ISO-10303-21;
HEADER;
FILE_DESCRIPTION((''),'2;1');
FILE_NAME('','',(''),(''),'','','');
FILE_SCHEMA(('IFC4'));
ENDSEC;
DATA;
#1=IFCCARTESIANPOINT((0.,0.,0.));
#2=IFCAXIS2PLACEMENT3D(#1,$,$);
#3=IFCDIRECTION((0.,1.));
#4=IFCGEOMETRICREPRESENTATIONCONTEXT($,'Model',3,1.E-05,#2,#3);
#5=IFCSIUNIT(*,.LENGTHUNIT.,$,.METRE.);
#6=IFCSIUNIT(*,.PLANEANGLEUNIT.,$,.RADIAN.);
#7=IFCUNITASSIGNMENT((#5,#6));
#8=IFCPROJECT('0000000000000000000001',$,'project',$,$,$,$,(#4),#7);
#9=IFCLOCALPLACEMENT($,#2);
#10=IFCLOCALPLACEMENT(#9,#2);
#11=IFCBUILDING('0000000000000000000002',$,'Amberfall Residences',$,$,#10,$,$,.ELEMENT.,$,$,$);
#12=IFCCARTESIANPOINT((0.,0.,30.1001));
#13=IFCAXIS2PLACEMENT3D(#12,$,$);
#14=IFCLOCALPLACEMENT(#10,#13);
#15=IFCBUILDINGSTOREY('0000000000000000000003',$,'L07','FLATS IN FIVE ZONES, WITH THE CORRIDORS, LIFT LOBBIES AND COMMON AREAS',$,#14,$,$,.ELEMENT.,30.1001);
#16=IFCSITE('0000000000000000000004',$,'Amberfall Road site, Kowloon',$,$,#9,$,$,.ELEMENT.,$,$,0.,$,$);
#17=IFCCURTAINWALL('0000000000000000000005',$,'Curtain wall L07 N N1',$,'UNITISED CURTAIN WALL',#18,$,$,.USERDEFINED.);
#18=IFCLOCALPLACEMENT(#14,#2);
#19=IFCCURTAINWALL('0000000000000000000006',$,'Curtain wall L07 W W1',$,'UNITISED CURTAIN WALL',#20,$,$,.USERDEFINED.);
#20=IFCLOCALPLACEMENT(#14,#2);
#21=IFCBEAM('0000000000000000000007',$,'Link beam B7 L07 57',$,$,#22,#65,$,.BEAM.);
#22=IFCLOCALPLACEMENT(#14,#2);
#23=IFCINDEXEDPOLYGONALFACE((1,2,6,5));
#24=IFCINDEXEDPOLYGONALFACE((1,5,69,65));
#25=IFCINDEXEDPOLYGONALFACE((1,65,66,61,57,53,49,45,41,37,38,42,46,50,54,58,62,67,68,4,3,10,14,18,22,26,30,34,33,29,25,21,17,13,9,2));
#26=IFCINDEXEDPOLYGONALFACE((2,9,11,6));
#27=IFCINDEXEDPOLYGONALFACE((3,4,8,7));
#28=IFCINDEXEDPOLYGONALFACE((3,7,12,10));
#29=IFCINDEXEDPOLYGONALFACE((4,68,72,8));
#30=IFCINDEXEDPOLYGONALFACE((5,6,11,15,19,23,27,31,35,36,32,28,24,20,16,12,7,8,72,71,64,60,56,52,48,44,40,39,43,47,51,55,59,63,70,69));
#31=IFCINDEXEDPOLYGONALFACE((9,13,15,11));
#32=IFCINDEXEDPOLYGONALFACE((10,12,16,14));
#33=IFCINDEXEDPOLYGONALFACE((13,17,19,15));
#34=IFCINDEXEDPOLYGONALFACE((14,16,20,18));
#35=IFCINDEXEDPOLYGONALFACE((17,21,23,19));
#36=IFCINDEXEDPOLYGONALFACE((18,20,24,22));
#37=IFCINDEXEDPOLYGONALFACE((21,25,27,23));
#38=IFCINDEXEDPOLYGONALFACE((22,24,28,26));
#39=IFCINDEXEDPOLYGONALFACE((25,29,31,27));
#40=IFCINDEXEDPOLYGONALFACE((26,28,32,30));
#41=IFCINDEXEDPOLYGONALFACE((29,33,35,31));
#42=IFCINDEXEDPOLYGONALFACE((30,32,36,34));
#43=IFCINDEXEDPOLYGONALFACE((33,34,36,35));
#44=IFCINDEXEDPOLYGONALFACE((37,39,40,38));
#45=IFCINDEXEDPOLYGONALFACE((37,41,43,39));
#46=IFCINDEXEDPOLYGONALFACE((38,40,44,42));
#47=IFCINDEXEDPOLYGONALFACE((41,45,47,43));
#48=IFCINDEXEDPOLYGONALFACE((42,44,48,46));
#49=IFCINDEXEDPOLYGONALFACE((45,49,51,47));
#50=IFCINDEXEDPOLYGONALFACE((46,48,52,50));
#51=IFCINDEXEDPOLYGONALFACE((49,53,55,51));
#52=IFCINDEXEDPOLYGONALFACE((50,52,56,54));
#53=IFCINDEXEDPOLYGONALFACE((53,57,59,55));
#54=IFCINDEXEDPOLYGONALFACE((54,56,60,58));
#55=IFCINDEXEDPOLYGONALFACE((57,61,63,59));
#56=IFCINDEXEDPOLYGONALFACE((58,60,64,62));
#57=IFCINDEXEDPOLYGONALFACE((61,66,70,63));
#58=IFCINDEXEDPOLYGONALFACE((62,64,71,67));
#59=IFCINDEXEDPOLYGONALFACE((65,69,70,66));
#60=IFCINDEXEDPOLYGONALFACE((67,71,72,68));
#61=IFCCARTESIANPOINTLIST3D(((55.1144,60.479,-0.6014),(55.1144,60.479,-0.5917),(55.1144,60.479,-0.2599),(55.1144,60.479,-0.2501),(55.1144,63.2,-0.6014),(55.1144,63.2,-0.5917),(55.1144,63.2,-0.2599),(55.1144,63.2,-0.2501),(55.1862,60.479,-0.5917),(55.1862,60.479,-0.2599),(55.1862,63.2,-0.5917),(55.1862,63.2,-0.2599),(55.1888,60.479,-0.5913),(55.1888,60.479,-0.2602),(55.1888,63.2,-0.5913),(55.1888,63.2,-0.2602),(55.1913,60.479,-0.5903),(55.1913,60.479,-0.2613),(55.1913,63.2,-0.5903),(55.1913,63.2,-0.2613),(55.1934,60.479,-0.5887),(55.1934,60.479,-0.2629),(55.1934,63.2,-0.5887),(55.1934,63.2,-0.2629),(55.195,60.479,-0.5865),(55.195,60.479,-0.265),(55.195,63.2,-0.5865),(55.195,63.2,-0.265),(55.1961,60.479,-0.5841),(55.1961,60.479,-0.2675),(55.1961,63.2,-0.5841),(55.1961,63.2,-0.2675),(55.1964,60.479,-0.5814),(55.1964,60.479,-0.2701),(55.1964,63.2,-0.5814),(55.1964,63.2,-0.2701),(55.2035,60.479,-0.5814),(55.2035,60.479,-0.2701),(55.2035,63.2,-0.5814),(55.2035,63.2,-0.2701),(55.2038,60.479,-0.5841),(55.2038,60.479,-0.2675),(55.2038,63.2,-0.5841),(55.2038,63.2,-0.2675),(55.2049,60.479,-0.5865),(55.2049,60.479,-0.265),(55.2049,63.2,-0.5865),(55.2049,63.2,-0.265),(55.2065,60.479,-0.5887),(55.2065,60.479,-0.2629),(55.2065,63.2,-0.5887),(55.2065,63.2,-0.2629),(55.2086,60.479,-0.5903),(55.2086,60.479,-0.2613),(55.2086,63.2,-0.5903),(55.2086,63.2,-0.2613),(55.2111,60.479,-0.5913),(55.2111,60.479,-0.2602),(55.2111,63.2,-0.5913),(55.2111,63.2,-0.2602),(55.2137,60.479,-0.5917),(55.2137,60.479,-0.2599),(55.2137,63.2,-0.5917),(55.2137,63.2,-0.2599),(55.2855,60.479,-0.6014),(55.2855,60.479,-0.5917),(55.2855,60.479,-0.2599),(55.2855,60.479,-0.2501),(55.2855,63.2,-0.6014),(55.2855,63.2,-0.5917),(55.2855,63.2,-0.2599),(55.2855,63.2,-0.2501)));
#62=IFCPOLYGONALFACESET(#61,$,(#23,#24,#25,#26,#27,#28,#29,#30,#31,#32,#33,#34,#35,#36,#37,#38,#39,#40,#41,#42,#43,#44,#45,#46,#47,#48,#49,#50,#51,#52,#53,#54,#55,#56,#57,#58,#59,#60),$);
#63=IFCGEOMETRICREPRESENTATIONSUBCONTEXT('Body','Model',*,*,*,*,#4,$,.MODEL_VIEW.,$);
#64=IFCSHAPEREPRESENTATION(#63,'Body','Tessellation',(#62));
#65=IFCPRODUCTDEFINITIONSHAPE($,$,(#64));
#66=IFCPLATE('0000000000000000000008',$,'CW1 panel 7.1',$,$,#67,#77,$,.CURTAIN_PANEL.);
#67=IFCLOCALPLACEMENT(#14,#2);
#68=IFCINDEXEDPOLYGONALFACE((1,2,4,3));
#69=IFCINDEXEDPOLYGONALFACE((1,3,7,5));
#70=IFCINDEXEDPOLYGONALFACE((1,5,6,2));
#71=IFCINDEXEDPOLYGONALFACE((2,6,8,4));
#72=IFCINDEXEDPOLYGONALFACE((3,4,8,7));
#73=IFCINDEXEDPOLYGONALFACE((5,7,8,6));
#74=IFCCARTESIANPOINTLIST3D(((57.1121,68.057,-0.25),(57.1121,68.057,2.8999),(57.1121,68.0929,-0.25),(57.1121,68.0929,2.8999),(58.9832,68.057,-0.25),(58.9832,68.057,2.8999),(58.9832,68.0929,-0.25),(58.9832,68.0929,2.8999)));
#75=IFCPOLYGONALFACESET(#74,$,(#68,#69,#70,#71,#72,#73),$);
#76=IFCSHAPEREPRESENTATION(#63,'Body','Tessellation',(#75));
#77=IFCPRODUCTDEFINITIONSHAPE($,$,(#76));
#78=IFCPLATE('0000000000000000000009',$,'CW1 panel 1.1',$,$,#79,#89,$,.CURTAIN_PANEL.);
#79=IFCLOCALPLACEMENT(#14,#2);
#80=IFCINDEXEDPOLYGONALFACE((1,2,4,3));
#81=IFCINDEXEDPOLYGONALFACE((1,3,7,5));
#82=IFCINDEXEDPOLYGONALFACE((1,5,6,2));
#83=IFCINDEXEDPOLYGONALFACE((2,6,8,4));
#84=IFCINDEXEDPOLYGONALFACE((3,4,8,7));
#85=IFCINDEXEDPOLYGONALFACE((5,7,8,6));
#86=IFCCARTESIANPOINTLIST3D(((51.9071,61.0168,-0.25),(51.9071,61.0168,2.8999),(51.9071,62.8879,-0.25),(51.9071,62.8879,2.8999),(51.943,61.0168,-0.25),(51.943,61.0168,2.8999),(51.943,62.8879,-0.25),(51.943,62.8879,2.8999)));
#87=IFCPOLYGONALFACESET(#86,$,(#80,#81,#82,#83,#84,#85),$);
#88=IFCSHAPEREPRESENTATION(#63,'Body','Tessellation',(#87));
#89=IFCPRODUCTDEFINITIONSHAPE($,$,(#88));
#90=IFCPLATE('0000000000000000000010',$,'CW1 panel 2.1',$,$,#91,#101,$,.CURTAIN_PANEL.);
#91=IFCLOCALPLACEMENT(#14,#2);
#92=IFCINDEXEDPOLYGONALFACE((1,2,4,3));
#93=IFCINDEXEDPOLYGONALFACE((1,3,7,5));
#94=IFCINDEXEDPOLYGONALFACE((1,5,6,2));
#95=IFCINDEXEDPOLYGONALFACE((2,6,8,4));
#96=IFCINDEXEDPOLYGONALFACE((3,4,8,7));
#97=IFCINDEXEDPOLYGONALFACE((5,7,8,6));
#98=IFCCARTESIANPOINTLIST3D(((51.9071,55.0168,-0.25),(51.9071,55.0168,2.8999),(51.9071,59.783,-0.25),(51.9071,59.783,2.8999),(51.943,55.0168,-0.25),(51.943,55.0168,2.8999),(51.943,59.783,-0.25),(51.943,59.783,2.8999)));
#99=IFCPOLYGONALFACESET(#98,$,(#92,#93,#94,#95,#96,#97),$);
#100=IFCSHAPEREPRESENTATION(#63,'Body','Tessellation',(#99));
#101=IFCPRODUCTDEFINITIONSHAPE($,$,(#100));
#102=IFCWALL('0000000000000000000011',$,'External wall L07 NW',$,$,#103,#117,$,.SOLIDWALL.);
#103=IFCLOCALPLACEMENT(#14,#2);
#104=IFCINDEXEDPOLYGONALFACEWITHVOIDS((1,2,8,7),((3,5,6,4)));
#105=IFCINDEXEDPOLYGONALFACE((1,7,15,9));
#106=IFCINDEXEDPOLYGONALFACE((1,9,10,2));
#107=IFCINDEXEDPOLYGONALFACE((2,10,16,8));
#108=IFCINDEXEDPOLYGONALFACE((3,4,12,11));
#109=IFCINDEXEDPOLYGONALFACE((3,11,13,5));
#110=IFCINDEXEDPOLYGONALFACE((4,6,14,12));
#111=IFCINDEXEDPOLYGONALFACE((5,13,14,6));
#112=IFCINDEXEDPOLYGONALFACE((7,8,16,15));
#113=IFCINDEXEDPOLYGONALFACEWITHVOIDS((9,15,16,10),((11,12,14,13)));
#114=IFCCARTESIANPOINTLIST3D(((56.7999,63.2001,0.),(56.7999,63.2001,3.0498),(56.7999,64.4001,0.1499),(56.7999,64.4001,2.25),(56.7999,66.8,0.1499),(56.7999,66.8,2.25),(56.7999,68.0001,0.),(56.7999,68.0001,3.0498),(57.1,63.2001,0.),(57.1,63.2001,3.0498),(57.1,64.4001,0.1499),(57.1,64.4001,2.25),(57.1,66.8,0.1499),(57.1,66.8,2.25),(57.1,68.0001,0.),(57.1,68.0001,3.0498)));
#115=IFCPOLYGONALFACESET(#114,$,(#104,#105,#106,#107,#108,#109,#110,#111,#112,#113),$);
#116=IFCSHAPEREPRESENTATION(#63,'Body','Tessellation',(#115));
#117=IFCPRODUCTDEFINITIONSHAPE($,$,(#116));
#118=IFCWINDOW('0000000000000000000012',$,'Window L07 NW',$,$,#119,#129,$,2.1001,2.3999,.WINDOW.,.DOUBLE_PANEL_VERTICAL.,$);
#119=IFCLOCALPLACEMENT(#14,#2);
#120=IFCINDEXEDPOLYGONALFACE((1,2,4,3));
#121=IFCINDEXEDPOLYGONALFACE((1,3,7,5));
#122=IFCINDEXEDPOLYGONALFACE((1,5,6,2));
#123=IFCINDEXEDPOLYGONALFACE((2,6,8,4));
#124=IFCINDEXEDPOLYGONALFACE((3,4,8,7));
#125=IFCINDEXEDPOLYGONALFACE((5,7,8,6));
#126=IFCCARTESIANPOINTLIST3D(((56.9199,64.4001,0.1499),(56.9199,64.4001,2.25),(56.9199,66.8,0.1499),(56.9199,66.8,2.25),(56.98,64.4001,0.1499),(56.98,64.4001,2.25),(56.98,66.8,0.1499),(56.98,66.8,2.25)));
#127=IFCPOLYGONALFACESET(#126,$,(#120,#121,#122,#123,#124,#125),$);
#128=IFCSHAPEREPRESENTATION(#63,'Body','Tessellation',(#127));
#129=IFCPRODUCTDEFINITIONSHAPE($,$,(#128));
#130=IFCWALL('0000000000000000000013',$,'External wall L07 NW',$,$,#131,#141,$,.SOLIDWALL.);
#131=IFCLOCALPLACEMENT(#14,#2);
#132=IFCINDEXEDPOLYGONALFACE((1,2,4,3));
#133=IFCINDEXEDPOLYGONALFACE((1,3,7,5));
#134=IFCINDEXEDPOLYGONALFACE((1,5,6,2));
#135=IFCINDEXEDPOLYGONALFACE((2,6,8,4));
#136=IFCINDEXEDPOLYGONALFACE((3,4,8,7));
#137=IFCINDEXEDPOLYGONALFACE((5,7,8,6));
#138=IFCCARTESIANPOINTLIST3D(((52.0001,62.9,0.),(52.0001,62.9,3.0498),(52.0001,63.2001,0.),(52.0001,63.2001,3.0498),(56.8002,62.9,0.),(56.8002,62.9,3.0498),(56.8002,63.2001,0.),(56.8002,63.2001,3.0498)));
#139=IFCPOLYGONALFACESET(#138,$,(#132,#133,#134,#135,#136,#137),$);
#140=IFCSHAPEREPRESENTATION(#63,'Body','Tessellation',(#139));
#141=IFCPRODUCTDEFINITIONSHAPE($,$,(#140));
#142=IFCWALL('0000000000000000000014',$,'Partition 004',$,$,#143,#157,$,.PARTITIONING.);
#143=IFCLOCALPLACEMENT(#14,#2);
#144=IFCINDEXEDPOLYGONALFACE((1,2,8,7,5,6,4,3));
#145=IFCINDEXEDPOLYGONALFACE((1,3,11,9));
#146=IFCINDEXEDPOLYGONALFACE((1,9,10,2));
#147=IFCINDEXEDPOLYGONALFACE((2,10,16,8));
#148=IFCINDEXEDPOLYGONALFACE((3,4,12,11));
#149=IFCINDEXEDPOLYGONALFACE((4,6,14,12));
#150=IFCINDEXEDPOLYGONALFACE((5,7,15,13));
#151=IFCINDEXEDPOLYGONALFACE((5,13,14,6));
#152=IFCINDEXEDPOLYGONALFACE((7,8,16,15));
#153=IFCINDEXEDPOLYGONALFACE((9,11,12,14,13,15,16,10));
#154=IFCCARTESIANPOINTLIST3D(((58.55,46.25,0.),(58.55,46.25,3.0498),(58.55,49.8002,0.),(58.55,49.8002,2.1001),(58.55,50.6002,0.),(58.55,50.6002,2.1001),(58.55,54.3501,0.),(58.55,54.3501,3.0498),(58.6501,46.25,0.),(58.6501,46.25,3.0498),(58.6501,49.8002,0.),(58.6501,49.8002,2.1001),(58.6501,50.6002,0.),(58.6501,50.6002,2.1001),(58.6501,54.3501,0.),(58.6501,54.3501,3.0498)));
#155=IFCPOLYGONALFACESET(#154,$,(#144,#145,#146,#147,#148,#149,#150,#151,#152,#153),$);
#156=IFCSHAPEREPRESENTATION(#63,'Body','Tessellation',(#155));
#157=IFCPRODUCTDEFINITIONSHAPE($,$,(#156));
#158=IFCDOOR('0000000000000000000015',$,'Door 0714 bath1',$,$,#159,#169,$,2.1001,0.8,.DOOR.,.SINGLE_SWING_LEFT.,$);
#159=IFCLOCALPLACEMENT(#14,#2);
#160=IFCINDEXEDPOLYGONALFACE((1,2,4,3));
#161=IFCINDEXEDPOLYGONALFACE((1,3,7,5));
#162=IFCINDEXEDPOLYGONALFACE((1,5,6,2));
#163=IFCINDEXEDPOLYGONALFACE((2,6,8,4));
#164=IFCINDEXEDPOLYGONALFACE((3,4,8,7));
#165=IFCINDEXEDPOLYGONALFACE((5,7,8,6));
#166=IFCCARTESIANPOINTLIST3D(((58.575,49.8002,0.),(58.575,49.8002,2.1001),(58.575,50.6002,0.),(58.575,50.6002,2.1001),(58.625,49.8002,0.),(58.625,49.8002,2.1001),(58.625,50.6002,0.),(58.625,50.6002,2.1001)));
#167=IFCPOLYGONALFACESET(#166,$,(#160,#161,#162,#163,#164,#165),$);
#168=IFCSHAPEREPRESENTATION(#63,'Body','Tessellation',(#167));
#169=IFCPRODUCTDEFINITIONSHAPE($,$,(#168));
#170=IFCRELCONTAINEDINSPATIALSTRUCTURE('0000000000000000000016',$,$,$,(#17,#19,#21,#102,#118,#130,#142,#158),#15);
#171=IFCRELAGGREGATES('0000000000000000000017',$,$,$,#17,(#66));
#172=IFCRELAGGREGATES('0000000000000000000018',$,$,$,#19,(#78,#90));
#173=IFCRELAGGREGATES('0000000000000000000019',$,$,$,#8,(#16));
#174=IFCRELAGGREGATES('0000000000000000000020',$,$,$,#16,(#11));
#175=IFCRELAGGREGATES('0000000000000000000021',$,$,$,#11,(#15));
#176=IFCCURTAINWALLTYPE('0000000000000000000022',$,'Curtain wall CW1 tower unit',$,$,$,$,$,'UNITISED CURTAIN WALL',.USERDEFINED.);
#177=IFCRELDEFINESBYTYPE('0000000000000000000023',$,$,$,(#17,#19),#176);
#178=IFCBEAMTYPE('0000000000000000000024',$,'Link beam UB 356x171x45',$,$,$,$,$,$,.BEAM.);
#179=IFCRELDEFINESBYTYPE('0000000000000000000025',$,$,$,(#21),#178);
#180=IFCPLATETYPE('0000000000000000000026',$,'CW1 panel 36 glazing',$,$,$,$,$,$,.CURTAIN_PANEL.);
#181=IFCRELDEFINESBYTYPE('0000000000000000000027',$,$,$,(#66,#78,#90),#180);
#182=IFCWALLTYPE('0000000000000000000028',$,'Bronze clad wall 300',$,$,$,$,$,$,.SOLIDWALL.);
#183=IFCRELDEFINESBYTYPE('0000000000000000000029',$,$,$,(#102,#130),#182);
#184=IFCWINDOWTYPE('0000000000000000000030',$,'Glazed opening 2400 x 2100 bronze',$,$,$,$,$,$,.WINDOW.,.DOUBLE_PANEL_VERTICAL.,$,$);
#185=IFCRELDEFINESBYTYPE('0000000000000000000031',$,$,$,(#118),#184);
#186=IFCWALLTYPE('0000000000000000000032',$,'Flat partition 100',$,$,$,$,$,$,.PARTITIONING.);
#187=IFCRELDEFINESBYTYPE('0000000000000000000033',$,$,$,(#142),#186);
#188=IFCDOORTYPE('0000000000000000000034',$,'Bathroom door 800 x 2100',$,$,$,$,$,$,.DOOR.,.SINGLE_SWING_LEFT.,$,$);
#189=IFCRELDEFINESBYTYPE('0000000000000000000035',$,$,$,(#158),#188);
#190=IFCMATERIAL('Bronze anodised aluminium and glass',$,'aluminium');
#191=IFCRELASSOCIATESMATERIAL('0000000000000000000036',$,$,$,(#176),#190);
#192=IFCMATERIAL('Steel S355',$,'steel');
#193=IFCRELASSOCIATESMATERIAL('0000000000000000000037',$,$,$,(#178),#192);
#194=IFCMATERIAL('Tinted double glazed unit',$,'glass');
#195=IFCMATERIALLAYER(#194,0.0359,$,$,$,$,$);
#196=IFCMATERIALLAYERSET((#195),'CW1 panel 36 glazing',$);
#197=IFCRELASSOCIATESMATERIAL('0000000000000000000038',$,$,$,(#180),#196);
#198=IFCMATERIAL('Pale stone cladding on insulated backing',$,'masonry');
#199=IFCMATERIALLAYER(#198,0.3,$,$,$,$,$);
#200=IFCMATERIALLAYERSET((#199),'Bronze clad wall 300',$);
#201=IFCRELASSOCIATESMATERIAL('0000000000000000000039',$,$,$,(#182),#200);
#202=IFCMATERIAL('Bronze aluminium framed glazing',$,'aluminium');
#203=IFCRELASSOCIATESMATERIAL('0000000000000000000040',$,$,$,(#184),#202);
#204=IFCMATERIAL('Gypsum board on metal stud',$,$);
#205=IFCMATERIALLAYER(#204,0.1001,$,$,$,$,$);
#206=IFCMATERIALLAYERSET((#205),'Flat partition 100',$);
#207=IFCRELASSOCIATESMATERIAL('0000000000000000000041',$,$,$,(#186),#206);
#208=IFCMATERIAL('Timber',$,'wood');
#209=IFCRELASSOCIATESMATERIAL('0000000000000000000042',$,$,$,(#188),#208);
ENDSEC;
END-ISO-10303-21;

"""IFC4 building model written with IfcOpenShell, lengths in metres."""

from ifc_helpers import new_model, si_unit, direction, frame, frame_2d, origin, origin_2d, place, context, subcontext, project, spatial, rectangle, i_section, extrude, material, layer, layer_set, material_profile, profile_set, type_object, element, fill, aggregate, save


model = new_model("IFC4")

# Units and contexts
model_context = context("Model", 3, precision=1e-05, world=origin(), true_north=direction((0.0, 1.0)))
body_context = subcontext(model_context, "Body", "Model", "MODEL_VIEW")
ifc_project = project(units=[si_unit("LENGTHUNIT", "METRE"), si_unit("PLANEANGLEUNIT", "RADIAN")], contexts=[model_context])

# Site, building, storey
site_placement = place(None, origin())
site = spatial("IfcSite", under=ifc_project, at=site_placement, Name="Amberfall Road site, Kowloon", CompositionType="ELEMENT", RefElevation=0.0)
building_placement = place(site_placement, origin())
building = spatial("IfcBuilding", under=site, at=building_placement, Name="Amberfall Residences", CompositionType="ELEMENT")
storey_placement = place(building_placement, frame((0.0, 0.0, 30.1001)))
storey = spatial("IfcBuildingStorey", under=building, at=storey_placement, Name="L07", Description="FLATS IN FIVE ZONES, WITH THE CORRIDORS, LIFT LOBBIES AND COMMON AREAS", CompositionType="ELEMENT", Elevation=30.1001)

# Curtain wall
ifc_material_1 = material(Name="Bronze anodised aluminium and glass", Category="aluminium")
curtain_wall_type = type_object("IfcCurtainWallType", Name="Curtain wall CW1 tower unit", ElementType="UNITISED CURTAIN WALL", PredefinedType="USERDEFINED", material=ifc_material_1)
curtain_wall_1_placement = place(storey_placement, origin())
curtain_wall_1 = element("IfcCurtainWall", 1, at=curtain_wall_1_placement, inside=storey, type_object=curtain_wall_type, Name="Curtain wall L07 N N1", ObjectType="UNITISED CURTAIN WALL", PredefinedType="USERDEFINED")

# Curtain wall
curtain_wall_2_placement = place(storey_placement, origin())
curtain_wall_2 = element("IfcCurtainWall", 2, at=curtain_wall_2_placement, inside=storey, type_object=curtain_wall_type, Name="Curtain wall L07 W W1", ObjectType="UNITISED CURTAIN WALL", PredefinedType="USERDEFINED")

# Shared definitions
ifc_material_2 = material(Name="Steel S355", Category="steel")

# Beam
ifc_material_profile_1 = material_profile(ifc_material_2, i_section(OverallWidth=0.1711, OverallDepth=0.3513, WebThickness=0.0071, FlangeThickness=0.0098, FilletRadius=0.0103, at=origin_2d()), Name="UB 356x171x45")
ifc_profile_set_1 = profile_set([ifc_material_profile_1], Name="Steel S355")
beam_type_1 = type_object("IfcBeamType", Name="Link beam UB 356x171x45", PredefinedType="BEAM", material=ifc_profile_set_1)
beam_1_placement = place(storey_placement, frame((55.2, 63.2, -0.4258), z_axis=(0.0, -1.0, 0.0), x_axis=(1.0, 0.0, 0.0)))
element("IfcBeam", 3, at=beam_1_placement, inside=storey, type_object=beam_type_1, Name="Link beam B7 L07 57", PredefinedType="BEAM", context=body_context, shape_type="SweptSolid", body=[
    extrude(i_section(OverallWidth=0.1711, OverallDepth=0.3513, WebThickness=0.0071, FlangeThickness=0.0098, FilletRadius=0.0103, at=origin_2d()), origin(), (0.0, 0.0, 1.0), 2.7209),
])

# Plates
ifc_material_3 = material(Name="Tinted double glazed unit", Category="glass")
ifc_layer_1 = layer(ifc_material_3, 0.0359)
ifc_layer_set_1 = layer_set([ifc_layer_1], Name="CW1 panel 36 glazing")
plate_type = type_object("IfcPlateType", Name="CW1 panel 36 glazing", PredefinedType="CURTAIN_PANEL", material=ifc_layer_set_1)
plate_1_placement = place(storey_placement, frame((58.0476, 68.075, -0.25), z_axis=(0.0, 0.0, 1.0), x_axis=(-1.0, 0.0, 0.0)))
plate_1 = element("IfcPlate", 4, at=plate_1_placement, type_object=plate_type, Name="CW1 panel 7.1", PredefinedType="CURTAIN_PANEL", context=body_context, shape_type="SweptSolid", body=[
    extrude(rectangle(XDim=1.8711, YDim=0.0359, at=origin_2d()), origin(), (0.0, 0.0, 1.0), 3.1499),
])
aggregate(curtain_wall_1, [plate_1])
plate_2_placement = place(storey_placement, frame((51.925, 61.9524, -0.25), z_axis=(0.0, 0.0, 1.0), x_axis=(0.0, -1.0, 0.0)))
plate_2 = element("IfcPlate", 5, at=plate_2_placement, type_object=plate_type, Name="CW1 panel 1.1", PredefinedType="CURTAIN_PANEL", context=body_context, shape_type="SweptSolid", body=[
    extrude(rectangle(XDim=1.8711, YDim=0.0359, at=origin_2d()), origin(), (0.0, 0.0, 1.0), 3.1499),
])
plate_3_placement = place(storey_placement, frame((51.925, 57.3999, -0.25), z_axis=(0.0, 0.0, 1.0), x_axis=(0.0, -1.0, 0.0)))
plate_3 = element("IfcPlate", 6, at=plate_3_placement, type_object=plate_type, Name="CW1 panel 2.1", PredefinedType="CURTAIN_PANEL", context=body_context, shape_type="SweptSolid", body=[
    extrude(rectangle(XDim=4.7661, YDim=0.0359, at=origin_2d()), origin(), (0.0, 0.0, 1.0), 3.1499),
])
aggregate(curtain_wall_2, [plate_2, plate_3])

# Wall, opening, window
ifc_material_4 = material(Name="Pale stone cladding on insulated backing", Category="masonry")
ifc_layer_2 = layer(ifc_material_4, 0.3)
ifc_layer_set_2 = layer_set([ifc_layer_2], Name="Bronze clad wall 300")
wall_type_1 = type_object("IfcWallType", Name="Bronze clad wall 300", PredefinedType="SOLIDWALL", material=ifc_layer_set_2)
wall_1_placement = place(storey_placement, frame((56.95, 68.0, 0.0), z_axis=(0.0, 0.0, 1.0), x_axis=(0.0, -1.0, 0.0)))
wall_1 = element("IfcWall", 7, at=wall_1_placement, inside=storey, type_object=wall_type_1, Name="External wall L07 NW", PredefinedType="SOLIDWALL", context=body_context, shape_type="SweptSolid", body=[
    extrude(rectangle(XDim=4.8, YDim=0.3, at=frame_2d((2.3999, 0.0))), origin(), (0.0, 0.0, 1.0), 3.0498),
])
opening_1_placement = place(wall_1_placement, frame((1.2, 0.0, 0.1499)))
opening_1 = element("IfcOpeningElement", 8, at=opening_1_placement, cuts=wall_1, PredefinedType="OPENING", context=body_context, shape_type="SweptSolid", body=[
    extrude(rectangle(XDim=2.3999, YDim=2.1001, at=frame_2d((1.2, 1.05))), frame((0.0, 0.1599, 0.0), z_axis=(0.0, -1.0, 0.0), x_axis=(1.0, 0.0, 0.0)), (0.0, 0.0, 1.0), 0.3201),
])
ifc_material_5 = material(Name="Bronze aluminium framed glazing", Category="aluminium")
window_type = type_object("IfcWindowType", Name="Glazed opening 2400 x 2100 bronze", PartitioningType="DOUBLE_PANEL_VERTICAL", PredefinedType="WINDOW", material=ifc_material_5)
window_placement = place(opening_1_placement, origin())
window = element("IfcWindow", 9, at=window_placement, inside=storey, type_object=window_type, Name="Window L07 NW", OverallHeight=2.1001, OverallWidth=2.3999, PartitioningType="DOUBLE_PANEL_VERTICAL", PredefinedType="WINDOW", context=body_context, shape_type="SweptSolid", body=[
    extrude(rectangle(XDim=2.3999, YDim=2.1001, at=frame_2d((1.2, 1.05))), frame((0.0, 0.03, 0.0), z_axis=(0.0, -1.0, 0.0), x_axis=(1.0, 0.0, 0.0)), (0.0, 0.0, 1.0), 0.0601),
])
fill(opening_1, window)

# Wall
wall_2_placement = place(storey_placement, frame((56.8, 63.05, 0.0), z_axis=(0.0, 0.0, 1.0), x_axis=(-1.0, 0.0, 0.0)))
element("IfcWall", 10, at=wall_2_placement, inside=storey, type_object=wall_type_1, Name="External wall L07 NW", PredefinedType="SOLIDWALL", context=body_context, shape_type="SweptSolid", body=[
    extrude(rectangle(XDim=4.8, YDim=0.3, at=frame_2d((2.3999, 0.0))), origin(), (0.0, 0.0, 1.0), 3.0498),
])

# Wall, opening, door
ifc_material_6 = material(Name="Gypsum board on metal stud")
ifc_layer_3 = layer(ifc_material_6, 0.1001)
ifc_layer_set_3 = layer_set([ifc_layer_3], Name="Flat partition 100")
wall_type_2 = type_object("IfcWallType", Name="Flat partition 100", PredefinedType="PARTITIONING", material=ifc_layer_set_3)
wall_3_placement = place(storey_placement, frame((58.6001, 54.3501, 0.0), z_axis=(0.0, 0.0, 1.0), x_axis=(0.0, -1.0, 0.0)))
wall_3 = element("IfcWall", 11, at=wall_3_placement, inside=storey, type_object=wall_type_2, Name="Partition 004", PredefinedType="PARTITIONING", context=body_context, shape_type="SweptSolid", body=[
    extrude(rectangle(XDim=8.1001, YDim=0.1001, at=frame_2d((4.05, 0.0))), origin(), (0.0, 0.0, 1.0), 3.0498),
])
opening_2_placement = place(wall_3_placement, frame((3.75, 0.0, 0.0)))
opening_2 = element("IfcOpeningElement", 12, at=opening_2_placement, cuts=wall_3, PredefinedType="OPENING", context=body_context, shape_type="SweptSolid", body=[
    extrude(rectangle(XDim=0.8, YDim=2.1001, at=frame_2d((0.3999, 1.05))), frame((0.0, 0.0601, 0.0), z_axis=(0.0, -1.0, 0.0), x_axis=(1.0, 0.0, 0.0)), (0.0, 0.0, 1.0), 0.1201),
])
ifc_material_7 = material(Name="Timber", Category="wood")
door_type = type_object("IfcDoorType", Name="Bathroom door 800 x 2100", OperationType="SINGLE_SWING_LEFT", PredefinedType="DOOR", material=ifc_material_7)
door_placement = place(opening_2_placement, origin())
door = element("IfcDoor", 13, at=door_placement, inside=storey, type_object=door_type, Name="Door 0714 bath1", OperationType="SINGLE_SWING_LEFT", OverallHeight=2.1001, OverallWidth=0.8, PredefinedType="DOOR", context=body_context, shape_type="SweptSolid", body=[
    extrude(rectangle(XDim=0.8, YDim=2.1001, at=frame_2d((0.3999, 1.05))), frame((0.0, 0.0249, 0.0), z_axis=(0.0, -1.0, 0.0), x_axis=(1.0, 0.0, 0.0)), (0.0, 0.0, 1.0), 0.05),
])
fill(opening_2, door)

save(model, "model.ifc")
